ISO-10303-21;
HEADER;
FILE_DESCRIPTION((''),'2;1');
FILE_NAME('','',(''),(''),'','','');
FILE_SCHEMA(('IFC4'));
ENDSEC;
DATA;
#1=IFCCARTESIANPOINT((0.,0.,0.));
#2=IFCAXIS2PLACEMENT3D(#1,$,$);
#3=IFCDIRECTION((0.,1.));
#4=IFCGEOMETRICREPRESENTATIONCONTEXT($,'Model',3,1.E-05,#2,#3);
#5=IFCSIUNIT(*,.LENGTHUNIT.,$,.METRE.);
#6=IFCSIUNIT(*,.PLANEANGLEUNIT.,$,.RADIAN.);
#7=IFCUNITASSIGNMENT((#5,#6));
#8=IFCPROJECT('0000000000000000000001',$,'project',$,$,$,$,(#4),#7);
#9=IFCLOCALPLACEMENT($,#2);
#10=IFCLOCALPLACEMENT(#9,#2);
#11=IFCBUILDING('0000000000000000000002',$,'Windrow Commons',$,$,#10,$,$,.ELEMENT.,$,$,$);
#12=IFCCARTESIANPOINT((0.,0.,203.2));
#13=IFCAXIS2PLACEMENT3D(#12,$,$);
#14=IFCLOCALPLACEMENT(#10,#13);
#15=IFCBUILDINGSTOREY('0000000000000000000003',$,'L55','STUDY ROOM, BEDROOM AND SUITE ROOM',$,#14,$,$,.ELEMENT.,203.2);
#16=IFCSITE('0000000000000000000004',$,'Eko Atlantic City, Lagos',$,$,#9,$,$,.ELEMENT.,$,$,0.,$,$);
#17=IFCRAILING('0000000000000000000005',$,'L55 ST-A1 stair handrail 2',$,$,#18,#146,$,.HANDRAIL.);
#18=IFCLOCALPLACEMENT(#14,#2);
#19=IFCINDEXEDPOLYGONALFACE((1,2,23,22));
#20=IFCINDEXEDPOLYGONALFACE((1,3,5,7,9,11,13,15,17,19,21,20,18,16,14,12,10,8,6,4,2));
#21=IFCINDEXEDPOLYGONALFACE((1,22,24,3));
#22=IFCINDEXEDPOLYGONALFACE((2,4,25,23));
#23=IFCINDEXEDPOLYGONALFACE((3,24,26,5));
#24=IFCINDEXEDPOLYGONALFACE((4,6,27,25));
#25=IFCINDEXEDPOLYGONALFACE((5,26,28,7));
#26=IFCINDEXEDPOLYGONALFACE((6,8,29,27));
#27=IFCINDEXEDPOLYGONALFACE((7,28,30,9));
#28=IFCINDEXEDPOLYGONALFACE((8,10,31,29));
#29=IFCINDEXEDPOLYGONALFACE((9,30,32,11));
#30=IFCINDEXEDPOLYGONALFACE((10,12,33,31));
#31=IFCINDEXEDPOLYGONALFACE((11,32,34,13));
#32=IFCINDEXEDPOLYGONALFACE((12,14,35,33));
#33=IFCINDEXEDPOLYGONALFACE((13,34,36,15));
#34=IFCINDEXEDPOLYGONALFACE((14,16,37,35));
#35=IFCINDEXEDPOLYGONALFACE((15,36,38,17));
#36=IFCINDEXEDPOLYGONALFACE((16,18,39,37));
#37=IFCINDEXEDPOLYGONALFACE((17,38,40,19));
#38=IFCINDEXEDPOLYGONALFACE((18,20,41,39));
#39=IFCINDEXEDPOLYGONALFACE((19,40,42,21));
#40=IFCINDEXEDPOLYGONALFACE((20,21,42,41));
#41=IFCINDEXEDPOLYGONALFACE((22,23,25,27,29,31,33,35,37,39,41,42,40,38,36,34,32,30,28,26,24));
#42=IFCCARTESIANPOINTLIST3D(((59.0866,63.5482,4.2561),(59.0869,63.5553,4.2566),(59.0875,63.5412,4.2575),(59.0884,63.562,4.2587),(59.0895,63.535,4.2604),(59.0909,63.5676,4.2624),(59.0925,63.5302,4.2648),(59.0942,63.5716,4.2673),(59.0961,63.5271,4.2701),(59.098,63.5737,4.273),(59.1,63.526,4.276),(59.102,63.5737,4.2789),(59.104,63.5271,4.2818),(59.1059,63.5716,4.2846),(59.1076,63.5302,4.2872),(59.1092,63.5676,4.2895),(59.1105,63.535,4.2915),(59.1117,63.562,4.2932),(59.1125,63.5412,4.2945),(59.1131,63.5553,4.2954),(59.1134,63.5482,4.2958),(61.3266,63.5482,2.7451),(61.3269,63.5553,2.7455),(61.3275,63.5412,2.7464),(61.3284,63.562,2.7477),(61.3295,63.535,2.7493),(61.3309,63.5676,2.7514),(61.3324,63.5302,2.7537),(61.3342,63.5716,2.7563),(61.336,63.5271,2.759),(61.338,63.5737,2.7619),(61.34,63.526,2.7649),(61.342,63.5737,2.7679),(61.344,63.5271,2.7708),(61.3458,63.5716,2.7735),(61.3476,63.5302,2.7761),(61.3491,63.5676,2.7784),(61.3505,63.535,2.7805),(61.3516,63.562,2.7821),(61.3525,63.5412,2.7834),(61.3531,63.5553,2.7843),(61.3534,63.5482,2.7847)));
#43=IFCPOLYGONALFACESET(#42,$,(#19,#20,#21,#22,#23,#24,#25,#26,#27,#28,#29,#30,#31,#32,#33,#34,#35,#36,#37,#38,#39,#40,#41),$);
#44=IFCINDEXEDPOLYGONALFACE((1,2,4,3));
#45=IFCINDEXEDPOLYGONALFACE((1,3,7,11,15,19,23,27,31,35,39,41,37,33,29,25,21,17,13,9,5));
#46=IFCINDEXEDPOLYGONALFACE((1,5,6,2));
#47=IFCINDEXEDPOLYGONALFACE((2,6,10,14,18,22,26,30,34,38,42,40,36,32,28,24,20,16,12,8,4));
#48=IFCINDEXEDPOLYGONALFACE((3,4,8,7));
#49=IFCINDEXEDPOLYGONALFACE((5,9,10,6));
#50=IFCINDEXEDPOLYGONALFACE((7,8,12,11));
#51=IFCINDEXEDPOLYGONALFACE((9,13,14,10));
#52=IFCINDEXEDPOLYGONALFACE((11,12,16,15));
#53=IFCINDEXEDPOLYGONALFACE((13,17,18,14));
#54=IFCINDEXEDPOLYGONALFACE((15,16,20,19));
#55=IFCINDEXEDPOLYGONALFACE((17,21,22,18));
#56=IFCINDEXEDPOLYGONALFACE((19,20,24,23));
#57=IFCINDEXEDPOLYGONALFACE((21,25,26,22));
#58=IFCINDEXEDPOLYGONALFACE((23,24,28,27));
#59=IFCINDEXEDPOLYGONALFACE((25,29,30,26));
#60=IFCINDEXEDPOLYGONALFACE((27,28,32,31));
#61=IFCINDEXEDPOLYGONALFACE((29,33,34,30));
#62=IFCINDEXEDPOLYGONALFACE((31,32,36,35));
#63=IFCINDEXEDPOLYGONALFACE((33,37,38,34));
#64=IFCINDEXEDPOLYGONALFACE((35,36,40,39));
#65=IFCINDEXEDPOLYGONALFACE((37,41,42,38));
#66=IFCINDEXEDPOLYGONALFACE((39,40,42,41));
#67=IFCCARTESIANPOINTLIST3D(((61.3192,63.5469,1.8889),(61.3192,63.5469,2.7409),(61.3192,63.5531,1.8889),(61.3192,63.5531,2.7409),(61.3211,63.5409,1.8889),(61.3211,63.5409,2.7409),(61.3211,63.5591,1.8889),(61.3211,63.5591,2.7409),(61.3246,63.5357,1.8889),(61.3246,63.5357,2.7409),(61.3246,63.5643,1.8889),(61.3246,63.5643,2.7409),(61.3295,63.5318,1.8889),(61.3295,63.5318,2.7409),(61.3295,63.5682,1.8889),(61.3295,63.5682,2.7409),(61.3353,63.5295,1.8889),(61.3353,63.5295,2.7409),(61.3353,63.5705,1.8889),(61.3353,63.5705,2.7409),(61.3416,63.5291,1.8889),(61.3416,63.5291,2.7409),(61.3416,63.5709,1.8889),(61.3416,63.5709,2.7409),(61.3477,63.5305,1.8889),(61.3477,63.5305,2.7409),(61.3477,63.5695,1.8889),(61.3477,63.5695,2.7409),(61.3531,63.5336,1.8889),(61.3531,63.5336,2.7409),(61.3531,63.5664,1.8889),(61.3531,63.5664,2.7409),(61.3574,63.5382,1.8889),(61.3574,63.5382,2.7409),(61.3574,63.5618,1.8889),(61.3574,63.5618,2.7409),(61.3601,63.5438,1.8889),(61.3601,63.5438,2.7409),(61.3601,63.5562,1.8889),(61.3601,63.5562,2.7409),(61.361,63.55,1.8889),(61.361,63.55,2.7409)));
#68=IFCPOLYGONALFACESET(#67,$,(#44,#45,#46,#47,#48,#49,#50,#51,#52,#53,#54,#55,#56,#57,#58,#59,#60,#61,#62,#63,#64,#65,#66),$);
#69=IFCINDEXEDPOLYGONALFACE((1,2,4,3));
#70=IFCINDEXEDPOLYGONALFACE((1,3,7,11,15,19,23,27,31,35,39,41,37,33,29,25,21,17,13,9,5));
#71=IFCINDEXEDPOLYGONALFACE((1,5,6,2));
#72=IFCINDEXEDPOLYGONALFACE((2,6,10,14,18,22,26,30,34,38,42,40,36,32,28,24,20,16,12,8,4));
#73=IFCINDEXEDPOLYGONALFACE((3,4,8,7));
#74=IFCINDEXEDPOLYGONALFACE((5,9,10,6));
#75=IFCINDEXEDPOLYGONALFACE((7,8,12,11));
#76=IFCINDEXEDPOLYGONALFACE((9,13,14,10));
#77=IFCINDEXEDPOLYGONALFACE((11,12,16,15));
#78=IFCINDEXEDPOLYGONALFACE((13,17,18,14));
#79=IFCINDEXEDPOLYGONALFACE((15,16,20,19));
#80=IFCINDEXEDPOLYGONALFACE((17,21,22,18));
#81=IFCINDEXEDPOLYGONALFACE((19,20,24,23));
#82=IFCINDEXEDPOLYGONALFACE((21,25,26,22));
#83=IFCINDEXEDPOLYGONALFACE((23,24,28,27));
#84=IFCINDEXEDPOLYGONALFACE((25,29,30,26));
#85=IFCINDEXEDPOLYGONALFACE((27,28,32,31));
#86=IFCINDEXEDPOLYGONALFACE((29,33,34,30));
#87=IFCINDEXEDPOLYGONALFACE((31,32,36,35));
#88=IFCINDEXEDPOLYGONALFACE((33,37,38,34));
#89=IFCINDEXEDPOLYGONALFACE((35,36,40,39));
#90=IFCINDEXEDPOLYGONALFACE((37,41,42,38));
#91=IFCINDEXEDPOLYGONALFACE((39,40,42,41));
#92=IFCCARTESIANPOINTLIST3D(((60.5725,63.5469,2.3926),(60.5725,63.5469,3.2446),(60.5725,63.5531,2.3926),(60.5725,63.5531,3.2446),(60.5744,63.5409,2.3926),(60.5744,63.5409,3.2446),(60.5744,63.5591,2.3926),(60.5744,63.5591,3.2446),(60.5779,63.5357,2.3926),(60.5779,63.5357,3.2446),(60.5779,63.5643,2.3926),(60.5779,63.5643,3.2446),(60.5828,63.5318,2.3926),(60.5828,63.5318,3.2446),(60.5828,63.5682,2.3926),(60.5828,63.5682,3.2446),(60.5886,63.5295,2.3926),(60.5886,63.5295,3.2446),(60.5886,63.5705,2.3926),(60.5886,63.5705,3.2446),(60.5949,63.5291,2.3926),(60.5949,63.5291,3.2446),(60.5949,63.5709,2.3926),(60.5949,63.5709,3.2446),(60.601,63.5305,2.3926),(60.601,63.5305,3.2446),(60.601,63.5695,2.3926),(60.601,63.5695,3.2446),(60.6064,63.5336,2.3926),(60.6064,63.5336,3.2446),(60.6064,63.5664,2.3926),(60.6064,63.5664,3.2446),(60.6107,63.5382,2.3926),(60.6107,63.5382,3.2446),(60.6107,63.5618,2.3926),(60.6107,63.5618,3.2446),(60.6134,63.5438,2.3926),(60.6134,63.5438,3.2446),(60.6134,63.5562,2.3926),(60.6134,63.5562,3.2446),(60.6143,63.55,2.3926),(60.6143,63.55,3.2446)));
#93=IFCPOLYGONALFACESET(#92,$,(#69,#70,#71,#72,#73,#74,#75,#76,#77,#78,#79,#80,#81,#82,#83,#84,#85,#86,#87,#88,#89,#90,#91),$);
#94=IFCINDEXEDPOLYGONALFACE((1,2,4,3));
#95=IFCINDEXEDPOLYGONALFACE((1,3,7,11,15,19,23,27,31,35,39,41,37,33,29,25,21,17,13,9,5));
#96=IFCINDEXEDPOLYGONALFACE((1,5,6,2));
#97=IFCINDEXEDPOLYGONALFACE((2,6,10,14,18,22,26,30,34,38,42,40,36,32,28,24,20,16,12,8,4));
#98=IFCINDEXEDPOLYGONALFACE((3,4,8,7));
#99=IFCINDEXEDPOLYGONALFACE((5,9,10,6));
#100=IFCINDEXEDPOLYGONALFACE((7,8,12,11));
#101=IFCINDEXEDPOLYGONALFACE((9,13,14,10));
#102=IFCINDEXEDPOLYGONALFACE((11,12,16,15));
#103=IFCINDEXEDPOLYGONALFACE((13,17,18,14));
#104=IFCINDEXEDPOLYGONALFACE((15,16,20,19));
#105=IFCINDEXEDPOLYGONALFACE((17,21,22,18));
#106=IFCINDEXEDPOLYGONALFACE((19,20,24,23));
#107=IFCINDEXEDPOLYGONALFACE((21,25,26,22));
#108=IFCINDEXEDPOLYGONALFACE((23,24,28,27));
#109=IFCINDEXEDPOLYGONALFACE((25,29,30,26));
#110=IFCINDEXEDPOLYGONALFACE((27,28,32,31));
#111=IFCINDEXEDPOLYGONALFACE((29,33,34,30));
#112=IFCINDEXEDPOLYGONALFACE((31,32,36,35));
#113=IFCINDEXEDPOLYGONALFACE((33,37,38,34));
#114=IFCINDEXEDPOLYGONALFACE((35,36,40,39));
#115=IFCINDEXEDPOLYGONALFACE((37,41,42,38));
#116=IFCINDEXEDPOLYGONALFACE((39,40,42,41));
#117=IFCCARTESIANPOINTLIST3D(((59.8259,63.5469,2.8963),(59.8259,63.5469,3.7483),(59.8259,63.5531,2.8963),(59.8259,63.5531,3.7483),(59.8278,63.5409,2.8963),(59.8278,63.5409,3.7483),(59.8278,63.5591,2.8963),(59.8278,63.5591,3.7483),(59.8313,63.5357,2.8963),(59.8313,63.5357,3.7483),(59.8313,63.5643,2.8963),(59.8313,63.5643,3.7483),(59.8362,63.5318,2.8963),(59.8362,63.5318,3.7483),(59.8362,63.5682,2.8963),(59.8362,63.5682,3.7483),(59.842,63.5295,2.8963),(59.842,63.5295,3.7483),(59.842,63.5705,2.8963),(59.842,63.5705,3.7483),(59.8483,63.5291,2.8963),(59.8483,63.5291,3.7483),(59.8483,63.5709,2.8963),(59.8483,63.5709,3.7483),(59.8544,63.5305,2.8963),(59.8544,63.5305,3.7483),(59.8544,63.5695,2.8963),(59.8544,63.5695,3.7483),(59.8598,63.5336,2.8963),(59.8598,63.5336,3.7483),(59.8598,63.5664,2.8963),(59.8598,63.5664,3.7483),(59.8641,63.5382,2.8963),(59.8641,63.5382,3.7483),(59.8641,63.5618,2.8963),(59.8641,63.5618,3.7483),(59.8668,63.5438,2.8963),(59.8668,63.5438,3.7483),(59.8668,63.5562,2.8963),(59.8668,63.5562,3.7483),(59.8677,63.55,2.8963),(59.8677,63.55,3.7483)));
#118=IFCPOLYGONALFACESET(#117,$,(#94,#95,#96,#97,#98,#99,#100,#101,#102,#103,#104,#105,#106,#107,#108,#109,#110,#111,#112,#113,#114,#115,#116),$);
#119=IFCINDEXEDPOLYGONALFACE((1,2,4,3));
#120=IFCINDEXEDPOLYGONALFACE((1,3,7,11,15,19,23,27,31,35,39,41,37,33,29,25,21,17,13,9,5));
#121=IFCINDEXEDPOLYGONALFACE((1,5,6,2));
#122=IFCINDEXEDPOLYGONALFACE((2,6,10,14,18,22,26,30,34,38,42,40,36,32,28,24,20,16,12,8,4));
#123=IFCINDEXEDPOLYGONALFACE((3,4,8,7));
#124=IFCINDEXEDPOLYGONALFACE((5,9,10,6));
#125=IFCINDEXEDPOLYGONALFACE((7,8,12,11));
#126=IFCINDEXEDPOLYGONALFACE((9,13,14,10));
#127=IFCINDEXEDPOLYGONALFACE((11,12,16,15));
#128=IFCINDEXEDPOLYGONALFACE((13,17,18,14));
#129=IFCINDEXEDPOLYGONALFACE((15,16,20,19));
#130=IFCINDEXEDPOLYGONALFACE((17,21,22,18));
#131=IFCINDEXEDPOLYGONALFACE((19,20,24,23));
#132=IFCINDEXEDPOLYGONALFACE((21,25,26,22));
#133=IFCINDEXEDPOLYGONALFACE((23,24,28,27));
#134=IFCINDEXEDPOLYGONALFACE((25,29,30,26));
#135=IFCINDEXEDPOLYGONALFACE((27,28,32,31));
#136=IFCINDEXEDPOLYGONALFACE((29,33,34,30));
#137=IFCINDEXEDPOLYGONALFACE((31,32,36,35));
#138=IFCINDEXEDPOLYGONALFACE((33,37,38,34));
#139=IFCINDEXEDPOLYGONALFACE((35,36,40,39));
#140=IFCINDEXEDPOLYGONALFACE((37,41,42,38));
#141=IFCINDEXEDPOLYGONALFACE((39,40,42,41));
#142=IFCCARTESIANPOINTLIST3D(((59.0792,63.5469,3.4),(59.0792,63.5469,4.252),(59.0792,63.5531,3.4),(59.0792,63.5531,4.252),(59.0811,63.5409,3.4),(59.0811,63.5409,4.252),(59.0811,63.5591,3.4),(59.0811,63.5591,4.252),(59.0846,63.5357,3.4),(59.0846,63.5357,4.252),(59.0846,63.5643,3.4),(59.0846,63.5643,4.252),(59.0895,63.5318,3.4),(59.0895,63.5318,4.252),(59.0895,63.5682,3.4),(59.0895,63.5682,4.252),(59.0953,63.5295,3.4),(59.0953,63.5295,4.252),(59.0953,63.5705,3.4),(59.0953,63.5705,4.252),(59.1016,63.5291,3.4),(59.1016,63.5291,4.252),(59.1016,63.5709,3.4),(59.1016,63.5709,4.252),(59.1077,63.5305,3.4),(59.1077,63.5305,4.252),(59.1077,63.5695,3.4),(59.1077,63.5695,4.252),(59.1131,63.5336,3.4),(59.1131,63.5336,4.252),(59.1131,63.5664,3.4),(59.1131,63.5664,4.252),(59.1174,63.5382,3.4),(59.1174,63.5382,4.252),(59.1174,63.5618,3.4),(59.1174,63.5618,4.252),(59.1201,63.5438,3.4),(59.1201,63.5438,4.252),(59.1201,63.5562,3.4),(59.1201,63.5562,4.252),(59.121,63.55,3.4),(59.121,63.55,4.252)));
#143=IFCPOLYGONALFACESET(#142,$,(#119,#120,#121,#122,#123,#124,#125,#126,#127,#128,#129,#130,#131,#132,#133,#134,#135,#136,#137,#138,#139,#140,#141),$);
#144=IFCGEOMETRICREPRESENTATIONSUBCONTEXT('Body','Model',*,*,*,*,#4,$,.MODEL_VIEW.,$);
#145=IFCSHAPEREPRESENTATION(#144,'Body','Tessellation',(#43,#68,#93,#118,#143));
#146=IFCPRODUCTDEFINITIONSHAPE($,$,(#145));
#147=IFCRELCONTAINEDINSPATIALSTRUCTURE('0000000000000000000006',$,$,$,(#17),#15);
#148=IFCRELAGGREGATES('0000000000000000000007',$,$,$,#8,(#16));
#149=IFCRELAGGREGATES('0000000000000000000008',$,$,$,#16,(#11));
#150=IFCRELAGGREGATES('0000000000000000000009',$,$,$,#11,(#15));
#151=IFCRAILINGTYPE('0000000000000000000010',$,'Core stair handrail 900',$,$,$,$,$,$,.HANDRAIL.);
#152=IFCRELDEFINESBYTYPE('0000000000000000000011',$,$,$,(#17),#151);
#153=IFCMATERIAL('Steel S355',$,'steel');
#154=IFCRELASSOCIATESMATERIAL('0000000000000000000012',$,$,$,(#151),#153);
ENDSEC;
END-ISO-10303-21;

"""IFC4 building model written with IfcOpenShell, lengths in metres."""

from ifc_helpers import new_model, si_unit, direction, frame, origin, origin_2d, place, context, subcontext, project, spatial, circle, extrude, material, type_object, element, save


model = new_model("IFC4")

# Units and contexts
model_context = context("Model", 3, precision=1e-05, world=origin(), true_north=direction((0.0, 1.0)))
body_context = subcontext(model_context, "Body", "Model", "MODEL_VIEW")
ifc_project = project(units=[si_unit("LENGTHUNIT", "METRE"), si_unit("PLANEANGLEUNIT", "RADIAN")], contexts=[model_context])

# Site, building, storey
site_placement = place(None, origin())
site = spatial("IfcSite", under=ifc_project, at=site_placement, Name="Eko Atlantic City, Lagos", CompositionType="ELEMENT", RefElevation=0.0)
building_placement = place(site_placement, origin())
building = spatial("IfcBuilding", under=site, at=building_placement, Name="Windrow Commons", CompositionType="ELEMENT")
storey_placement = place(building_placement, frame((0.0, 0.0, 203.2)))
storey = spatial("IfcBuildingStorey", under=building, at=storey_placement, Name="L55", Description="STUDY ROOM, BEDROOM AND SUITE ROOM", CompositionType="ELEMENT", Elevation=203.2)

# Railing
ifc_material_1 = material(Name="Steel S355", Category="steel")
railing_type_1 = type_object("IfcRailingType", Name="Core stair handrail 900", PredefinedType="HANDRAIL", material=ifc_material_1)
railing_placement = place(storey_placement, frame((61.34, 63.55, 1.8889)))
element("IfcRailing", 1, at=railing_placement, inside=storey, type_object=railing_type_1, Name="L55 ST-A1 stair handrail 2", PredefinedType="HANDRAIL", context=body_context, shape_type="SweptSolid", body=[
    extrude(circle(Radius=0.024, at=origin_2d()), frame((0.0, 0.0, 0.876), z_axis=(-0.829003, 0.0, 0.559244), x_axis=(0.0, -1.0, 0.0)), (0.0, 0.0, 1.0), 2.702),
    extrude(circle(Radius=0.021, at=origin_2d()), origin(), (0.0, 0.0, 1.0), 0.852),
    extrude(circle(Radius=0.021, at=origin_2d()), frame((-0.7467, 0.0, 0.5037)), (0.0, 0.0, 1.0), 0.852),
    extrude(circle(Radius=0.021, at=origin_2d()), frame((-1.4933, 0.0, 1.0074)), (0.0, 0.0, 1.0), 0.852),
    extrude(circle(Radius=0.021, at=origin_2d()), frame((-2.24, 0.0, 1.5111)), (0.0, 0.0, 1.0), 0.852),
])

save(model, "model.ifc")
